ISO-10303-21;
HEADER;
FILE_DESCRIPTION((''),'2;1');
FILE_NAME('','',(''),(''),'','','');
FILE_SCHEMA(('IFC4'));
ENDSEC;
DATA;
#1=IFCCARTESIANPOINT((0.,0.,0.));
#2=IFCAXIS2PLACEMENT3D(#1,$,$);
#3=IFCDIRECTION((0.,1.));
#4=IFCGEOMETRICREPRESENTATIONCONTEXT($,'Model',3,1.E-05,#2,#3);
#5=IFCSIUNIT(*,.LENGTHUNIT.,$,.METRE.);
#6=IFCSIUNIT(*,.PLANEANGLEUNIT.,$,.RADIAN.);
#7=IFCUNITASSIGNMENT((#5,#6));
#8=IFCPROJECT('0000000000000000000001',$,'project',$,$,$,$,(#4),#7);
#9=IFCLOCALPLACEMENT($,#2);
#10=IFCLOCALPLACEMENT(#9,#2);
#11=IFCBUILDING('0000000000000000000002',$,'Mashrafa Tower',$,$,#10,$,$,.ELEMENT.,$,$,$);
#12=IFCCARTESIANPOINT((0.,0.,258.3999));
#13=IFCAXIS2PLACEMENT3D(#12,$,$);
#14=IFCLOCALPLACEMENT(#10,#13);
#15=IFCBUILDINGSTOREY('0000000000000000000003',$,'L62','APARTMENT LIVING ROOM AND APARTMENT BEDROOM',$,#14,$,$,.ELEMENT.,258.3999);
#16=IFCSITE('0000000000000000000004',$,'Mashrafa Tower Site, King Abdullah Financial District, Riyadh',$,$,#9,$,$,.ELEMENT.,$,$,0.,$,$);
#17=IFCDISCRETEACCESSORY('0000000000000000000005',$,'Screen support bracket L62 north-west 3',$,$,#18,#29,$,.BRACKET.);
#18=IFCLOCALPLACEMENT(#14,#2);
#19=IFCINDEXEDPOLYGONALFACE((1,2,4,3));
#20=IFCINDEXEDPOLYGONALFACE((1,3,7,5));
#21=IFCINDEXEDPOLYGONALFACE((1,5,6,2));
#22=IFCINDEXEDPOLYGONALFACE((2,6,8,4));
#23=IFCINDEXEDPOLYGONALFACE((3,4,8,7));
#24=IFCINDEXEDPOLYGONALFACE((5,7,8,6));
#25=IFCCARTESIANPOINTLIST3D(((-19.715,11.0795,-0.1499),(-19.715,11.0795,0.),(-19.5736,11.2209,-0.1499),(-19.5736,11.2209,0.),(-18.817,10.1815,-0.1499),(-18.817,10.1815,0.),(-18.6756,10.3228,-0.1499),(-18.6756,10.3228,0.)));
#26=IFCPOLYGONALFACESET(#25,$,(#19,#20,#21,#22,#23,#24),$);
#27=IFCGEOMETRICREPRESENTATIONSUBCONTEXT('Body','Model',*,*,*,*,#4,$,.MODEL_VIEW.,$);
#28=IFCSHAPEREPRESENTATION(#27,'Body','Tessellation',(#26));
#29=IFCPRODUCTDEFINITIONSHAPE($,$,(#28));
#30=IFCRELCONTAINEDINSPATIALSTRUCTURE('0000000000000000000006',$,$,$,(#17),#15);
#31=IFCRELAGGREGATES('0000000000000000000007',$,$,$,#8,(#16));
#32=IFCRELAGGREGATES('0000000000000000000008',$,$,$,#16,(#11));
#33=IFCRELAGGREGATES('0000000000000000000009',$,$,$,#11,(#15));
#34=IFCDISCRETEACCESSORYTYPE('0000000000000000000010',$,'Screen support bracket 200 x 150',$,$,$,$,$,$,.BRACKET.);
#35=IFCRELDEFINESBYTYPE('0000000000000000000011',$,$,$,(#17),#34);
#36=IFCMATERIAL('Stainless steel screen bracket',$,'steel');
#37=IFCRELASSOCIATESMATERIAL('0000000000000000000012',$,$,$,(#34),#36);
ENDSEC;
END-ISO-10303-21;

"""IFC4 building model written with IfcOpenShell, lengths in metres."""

from ifc_helpers import new_model, si_unit, direction, frame, origin, origin_2d, place, context, subcontext, project, spatial, rectangle, extrude, source, transform, mapped, material, type_object, type_shapes, element, save


model = new_model("IFC4")

# Units and contexts
model_context = context("Model", 3, precision=1e-05, world=origin(), true_north=direction((0.0, 1.0)))
body_context = subcontext(model_context, "Body", "Model", "MODEL_VIEW")
ifc_project = project(units=[si_unit("LENGTHUNIT", "METRE"), si_unit("PLANEANGLEUNIT", "RADIAN")], contexts=[model_context])

# Site, building, storey
site_placement = place(None, origin())
site = spatial("IfcSite", under=ifc_project, at=site_placement, Name="Mashrafa Tower Site, King Abdullah Financial District, Riyadh", CompositionType="ELEMENT", RefElevation=0.0)
building_placement = place(site_placement, origin())
building = spatial("IfcBuilding", under=site, at=building_placement, Name="Mashrafa Tower", CompositionType="ELEMENT")
storey_placement = place(building_placement, frame((0.0, 0.0, 258.3999)))
storey = spatial("IfcBuildingStorey", under=building, at=storey_placement, Name="L62", Description="APARTMENT LIVING ROOM AND APARTMENT BEDROOM", CompositionType="ELEMENT", Elevation=258.3999)

# Discrete accessory
ifc_material_1 = material(Name="Stainless steel screen bracket", Category="steel")
discrete_accessory_type = type_object("IfcDiscreteAccessoryType", Name="Screen support bracket 200 x 150", PredefinedType="BRACKET", material=ifc_material_1)
shared_shape_1 = source(origin(), body_context, "Body", "SweptSolid", [
    extrude(rectangle(XDim=0.2, YDim=1.27, at=origin_2d()), origin(), (0.0, 0.0, 1.0), 0.1499),
])
type_shapes(discrete_accessory_type, [shared_shape_1])
for number, where, z_axis, x_axis, name in (
    (1, (-19.1953, 10.7012, -0.1499), (0.0, 0.0, 1.0), (-0.707107, -0.707107, 0.0), "Screen support bracket L62 north-west 3"),
):
    element("IfcDiscreteAccessory", number, at=place(storey_placement, frame(where, z_axis=z_axis, x_axis=x_axis)), inside=storey, type_object=discrete_accessory_type, Name=name, PredefinedType="BRACKET", context=body_context, shape_type="MappedRepresentation", body=[
        mapped(shared_shape_1, transform((0.0, 0.0, 0.0))),
    ])

save(model, "model.ifc")
